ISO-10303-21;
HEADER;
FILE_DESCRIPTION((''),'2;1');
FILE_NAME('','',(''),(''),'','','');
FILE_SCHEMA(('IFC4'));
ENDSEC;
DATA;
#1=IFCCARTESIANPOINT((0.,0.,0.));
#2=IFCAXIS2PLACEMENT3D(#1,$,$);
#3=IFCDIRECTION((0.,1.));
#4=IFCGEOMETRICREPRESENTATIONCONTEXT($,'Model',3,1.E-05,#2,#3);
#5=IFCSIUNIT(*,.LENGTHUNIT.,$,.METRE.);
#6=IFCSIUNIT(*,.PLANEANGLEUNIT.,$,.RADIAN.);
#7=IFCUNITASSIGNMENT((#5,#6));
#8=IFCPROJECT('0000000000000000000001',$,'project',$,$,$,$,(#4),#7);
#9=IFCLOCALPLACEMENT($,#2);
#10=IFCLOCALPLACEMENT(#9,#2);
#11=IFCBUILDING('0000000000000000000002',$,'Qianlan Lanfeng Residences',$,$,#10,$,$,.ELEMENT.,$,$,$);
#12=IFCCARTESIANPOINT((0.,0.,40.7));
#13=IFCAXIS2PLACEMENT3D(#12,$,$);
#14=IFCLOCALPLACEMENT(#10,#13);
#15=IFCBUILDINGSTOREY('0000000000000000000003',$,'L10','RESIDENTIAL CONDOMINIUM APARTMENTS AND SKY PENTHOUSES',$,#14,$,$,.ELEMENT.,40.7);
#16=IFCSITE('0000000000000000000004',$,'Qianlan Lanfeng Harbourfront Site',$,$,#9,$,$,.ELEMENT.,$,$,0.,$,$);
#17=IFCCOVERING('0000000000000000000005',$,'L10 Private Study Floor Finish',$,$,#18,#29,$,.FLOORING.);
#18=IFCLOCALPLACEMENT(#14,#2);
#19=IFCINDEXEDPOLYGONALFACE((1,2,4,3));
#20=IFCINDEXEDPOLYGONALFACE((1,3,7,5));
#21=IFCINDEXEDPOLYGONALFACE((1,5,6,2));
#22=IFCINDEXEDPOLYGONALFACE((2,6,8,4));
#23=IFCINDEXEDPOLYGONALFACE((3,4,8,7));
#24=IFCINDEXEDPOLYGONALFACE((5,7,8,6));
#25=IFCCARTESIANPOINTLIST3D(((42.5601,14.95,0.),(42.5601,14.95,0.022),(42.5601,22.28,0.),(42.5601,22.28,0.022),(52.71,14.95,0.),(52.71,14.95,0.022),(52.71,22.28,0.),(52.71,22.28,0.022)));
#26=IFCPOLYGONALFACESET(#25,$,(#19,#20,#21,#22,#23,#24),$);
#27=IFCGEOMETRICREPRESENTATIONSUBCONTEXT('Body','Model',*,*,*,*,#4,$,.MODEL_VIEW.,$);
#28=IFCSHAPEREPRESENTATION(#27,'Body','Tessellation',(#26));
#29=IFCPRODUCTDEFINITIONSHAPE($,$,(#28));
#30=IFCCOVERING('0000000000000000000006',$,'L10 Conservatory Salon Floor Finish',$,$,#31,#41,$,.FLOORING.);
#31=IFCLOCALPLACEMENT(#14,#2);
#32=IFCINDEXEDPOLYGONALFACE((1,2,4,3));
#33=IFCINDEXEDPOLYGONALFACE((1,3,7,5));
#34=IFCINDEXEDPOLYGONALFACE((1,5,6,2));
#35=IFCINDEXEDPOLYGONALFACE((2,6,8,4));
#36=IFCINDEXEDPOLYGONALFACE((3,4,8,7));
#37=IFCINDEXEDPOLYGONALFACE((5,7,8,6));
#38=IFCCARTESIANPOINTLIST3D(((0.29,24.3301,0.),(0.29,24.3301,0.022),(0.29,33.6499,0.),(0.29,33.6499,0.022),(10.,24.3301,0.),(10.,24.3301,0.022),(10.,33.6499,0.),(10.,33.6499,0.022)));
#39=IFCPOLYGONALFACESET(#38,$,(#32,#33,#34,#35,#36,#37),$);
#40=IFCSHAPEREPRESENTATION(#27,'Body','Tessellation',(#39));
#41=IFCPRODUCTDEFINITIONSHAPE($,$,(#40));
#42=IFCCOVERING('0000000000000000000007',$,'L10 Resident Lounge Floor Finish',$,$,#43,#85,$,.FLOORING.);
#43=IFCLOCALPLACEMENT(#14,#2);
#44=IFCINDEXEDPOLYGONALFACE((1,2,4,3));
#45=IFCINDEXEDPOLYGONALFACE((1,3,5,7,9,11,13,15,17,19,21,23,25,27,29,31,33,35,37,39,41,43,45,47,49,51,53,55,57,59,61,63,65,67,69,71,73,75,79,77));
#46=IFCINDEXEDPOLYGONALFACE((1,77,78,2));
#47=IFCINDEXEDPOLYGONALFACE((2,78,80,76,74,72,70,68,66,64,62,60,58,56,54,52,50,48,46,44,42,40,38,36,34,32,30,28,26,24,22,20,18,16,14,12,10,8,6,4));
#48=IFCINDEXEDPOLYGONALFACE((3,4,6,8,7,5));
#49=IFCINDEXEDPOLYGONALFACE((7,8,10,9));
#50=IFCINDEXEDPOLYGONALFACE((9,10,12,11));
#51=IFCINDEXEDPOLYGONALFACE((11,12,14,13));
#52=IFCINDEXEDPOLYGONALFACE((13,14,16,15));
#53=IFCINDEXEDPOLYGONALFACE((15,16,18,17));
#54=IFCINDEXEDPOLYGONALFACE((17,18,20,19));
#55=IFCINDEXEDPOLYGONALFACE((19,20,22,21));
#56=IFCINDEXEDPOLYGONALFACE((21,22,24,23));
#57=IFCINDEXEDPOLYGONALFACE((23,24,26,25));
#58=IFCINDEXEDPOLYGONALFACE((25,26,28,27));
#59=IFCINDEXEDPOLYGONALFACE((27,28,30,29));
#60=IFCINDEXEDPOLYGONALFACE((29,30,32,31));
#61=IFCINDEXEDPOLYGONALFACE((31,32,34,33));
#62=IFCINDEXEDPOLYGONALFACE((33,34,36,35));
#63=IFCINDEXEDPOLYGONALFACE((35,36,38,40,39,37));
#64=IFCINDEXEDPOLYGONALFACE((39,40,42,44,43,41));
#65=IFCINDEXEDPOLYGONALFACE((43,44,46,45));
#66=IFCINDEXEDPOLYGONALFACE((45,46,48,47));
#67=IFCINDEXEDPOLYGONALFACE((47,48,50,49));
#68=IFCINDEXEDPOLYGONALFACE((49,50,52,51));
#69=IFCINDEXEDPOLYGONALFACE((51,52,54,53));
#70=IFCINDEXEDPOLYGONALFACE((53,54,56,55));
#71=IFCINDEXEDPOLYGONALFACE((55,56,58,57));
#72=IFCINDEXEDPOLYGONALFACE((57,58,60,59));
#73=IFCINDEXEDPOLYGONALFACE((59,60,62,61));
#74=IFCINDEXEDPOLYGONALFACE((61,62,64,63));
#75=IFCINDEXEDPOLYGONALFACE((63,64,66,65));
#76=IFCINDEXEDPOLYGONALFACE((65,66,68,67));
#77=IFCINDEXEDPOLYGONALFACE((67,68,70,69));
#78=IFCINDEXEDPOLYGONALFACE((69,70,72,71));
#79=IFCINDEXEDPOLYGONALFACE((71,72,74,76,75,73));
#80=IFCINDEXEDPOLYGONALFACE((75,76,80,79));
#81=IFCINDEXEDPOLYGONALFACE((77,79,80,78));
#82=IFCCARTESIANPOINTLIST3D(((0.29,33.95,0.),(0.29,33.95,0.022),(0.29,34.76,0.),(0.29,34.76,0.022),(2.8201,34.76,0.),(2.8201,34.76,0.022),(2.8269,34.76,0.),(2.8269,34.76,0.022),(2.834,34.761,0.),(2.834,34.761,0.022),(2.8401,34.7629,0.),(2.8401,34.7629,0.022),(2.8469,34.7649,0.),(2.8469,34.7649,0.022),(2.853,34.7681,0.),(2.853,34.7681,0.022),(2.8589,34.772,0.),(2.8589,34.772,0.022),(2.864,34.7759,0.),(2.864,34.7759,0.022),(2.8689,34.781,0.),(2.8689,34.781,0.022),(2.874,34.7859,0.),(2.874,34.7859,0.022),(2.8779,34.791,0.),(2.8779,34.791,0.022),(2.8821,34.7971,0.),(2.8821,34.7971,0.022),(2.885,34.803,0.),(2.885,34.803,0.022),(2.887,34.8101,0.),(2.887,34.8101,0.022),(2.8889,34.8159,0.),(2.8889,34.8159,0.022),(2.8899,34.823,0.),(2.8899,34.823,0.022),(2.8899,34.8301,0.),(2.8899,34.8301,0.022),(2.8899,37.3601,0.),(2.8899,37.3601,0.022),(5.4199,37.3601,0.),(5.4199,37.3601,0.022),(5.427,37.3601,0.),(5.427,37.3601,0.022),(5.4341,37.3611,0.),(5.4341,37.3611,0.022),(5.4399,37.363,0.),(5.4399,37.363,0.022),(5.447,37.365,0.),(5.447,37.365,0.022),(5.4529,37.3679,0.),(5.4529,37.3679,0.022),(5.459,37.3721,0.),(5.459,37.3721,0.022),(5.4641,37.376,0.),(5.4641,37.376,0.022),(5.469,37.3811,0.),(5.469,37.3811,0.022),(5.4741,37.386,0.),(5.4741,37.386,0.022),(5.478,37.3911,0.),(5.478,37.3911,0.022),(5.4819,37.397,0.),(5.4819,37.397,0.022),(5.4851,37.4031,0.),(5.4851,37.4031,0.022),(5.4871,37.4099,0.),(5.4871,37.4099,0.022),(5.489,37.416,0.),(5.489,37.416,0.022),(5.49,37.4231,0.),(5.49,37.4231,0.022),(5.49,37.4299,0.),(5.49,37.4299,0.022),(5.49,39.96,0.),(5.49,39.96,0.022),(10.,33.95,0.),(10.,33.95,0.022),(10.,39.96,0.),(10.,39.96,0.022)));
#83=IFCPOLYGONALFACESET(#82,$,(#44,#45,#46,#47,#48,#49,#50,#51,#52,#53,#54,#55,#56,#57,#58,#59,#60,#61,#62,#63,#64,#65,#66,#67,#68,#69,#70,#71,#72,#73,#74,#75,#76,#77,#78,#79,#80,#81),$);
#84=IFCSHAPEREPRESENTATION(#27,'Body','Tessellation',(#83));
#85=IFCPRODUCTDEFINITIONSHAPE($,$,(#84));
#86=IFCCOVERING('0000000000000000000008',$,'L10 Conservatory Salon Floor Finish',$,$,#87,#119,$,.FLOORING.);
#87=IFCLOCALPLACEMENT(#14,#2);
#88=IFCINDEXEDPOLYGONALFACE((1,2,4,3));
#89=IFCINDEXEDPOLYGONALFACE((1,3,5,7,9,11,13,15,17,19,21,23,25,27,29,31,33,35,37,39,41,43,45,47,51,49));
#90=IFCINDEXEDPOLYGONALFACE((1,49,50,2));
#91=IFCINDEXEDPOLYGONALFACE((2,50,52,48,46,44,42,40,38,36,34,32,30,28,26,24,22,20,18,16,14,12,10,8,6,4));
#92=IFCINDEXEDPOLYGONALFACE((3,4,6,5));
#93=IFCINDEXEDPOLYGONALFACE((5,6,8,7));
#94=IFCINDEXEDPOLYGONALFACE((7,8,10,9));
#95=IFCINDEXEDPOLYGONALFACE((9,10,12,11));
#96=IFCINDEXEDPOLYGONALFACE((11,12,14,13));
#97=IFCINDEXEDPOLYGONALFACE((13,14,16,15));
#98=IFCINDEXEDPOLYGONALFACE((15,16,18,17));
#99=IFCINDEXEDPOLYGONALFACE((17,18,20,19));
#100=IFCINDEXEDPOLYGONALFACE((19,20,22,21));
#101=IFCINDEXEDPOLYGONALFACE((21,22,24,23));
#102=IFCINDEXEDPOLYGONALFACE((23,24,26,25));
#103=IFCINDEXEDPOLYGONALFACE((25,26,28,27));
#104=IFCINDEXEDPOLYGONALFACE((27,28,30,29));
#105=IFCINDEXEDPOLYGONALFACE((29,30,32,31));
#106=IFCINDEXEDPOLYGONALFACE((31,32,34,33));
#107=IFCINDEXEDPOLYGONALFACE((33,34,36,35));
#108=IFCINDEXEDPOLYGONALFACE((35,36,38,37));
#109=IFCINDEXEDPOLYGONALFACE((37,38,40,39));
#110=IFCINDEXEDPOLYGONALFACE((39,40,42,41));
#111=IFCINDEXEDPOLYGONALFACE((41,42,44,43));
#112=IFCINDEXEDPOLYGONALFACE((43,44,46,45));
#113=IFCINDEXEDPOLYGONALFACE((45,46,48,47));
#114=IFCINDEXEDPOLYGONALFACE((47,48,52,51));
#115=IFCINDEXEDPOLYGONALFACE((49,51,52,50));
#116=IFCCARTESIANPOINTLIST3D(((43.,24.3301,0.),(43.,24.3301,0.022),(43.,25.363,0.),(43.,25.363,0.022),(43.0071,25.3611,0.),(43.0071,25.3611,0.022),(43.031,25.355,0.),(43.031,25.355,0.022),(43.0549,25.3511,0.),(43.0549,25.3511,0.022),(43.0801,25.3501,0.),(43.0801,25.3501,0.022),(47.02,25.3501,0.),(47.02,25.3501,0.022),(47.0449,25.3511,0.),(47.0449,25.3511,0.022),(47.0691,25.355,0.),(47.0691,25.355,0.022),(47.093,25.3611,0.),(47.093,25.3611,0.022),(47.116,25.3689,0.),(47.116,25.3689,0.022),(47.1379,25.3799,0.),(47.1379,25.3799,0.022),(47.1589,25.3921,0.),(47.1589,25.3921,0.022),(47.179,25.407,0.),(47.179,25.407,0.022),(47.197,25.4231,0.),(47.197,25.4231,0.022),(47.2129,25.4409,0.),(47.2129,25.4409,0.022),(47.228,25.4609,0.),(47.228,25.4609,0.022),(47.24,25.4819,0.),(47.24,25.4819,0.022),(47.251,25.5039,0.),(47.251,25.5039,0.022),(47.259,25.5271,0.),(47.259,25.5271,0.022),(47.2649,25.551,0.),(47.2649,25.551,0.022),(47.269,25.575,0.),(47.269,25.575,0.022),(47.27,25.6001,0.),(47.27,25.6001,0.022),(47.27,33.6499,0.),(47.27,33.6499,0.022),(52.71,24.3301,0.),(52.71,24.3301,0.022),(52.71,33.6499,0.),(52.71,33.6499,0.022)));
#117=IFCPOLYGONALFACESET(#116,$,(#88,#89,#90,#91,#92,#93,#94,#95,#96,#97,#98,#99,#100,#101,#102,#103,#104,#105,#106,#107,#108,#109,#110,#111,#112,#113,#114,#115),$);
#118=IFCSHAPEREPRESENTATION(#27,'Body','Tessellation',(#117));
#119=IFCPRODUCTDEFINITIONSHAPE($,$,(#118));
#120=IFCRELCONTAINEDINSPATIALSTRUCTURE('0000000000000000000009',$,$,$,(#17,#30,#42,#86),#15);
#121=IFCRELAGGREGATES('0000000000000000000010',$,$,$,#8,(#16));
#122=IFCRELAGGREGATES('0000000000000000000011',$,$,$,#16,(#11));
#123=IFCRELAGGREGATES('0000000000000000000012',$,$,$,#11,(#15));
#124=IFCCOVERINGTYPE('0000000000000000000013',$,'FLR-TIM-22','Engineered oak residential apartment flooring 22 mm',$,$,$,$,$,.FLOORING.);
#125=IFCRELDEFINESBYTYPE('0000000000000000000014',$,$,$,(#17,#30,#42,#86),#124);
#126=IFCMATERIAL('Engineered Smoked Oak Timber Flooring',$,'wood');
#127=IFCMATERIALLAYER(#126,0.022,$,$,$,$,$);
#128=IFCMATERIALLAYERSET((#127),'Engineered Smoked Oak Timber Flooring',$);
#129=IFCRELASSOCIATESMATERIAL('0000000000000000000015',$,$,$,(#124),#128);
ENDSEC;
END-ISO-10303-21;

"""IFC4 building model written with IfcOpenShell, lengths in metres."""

from ifc_helpers import new_model, si_unit, direction, frame, origin, place, context, subcontext, project, spatial, polyline, outline, extrude, material, layer, layer_set, type_object, element, save


model = new_model("IFC4")

# Units and contexts
model_context = context("Model", 3, precision=1e-05, world=origin(), true_north=direction((0.0, 1.0)))
body_context = subcontext(model_context, "Body", "Model", "MODEL_VIEW")
ifc_project = project(units=[si_unit("LENGTHUNIT", "METRE"), si_unit("PLANEANGLEUNIT", "RADIAN")], contexts=[model_context])

# Site, building, storey
site_placement = place(None, origin())
site = spatial("IfcSite", under=ifc_project, at=site_placement, Name="Qianlan Lanfeng Harbourfront Site", CompositionType="ELEMENT", RefElevation=0.0)
building_placement = place(site_placement, origin())
building = spatial("IfcBuilding", under=site, at=building_placement, Name="Qianlan Lanfeng Residences", CompositionType="ELEMENT")
storey_placement = place(building_placement, frame((0.0, 0.0, 40.7)))
storey = spatial("IfcBuildingStorey", under=building, at=storey_placement, Name="L10", Description="RESIDENTIAL CONDOMINIUM APARTMENTS AND SKY PENTHOUSES", CompositionType="ELEMENT", Elevation=40.7)

# Coverings
ifc_material_1 = material(Name="Engineered Smoked Oak Timber Flooring", Category="wood")
ifc_layer_1 = layer(ifc_material_1, 0.022)
ifc_layer_set_1 = layer_set([ifc_layer_1], Name="Engineered Smoked Oak Timber Flooring")
covering_type_1 = type_object("IfcCoveringType", Name="FLR-TIM-22", Description="Engineered oak residential apartment flooring 22 mm", PredefinedType="FLOORING", material=ifc_layer_set_1)
covering_1_placement = place(storey_placement, origin())
element("IfcCovering", 1, at=covering_1_placement, inside=storey, type_object=covering_type_1, Name="L10 Private Study Floor Finish", PredefinedType="FLOORING", context=body_context, shape_type="SweptSolid", body=[
    extrude(outline(polyline([(52.71, 22.28), (42.5601, 22.28), (42.5601, 14.95), (52.71, 14.95), (52.71, 22.28)])), origin(), (0.0, 0.0, 1.0), 0.022),
])
covering_2_placement = place(storey_placement, origin())
element("IfcCovering", 2, at=covering_2_placement, inside=storey, type_object=covering_type_1, Name="L10 Conservatory Salon Floor Finish", PredefinedType="FLOORING", context=body_context, shape_type="SweptSolid", body=[
    extrude(outline(polyline([(10.0, 33.6499), (0.29, 33.6499), (0.29, 24.3301), (10.0, 24.3301), (10.0, 33.6499)])), origin(), (0.0, 0.0, 1.0), 0.022),
])
covering_3_placement = place(storey_placement, origin())
element("IfcCovering", 3, at=covering_3_placement, inside=storey, type_object=covering_type_1, Name="L10 Resident Lounge Floor Finish", PredefinedType="FLOORING", context=body_context, shape_type="SweptSolid", body=[
    extrude(outline(polyline([(0.29, 33.95), (10.0, 33.95), (10.0, 39.96), (5.49, 39.96), (5.49, 37.4299), (5.49, 37.4231), (5.489, 37.416), (5.4871, 37.4099), (5.4851, 37.4031), (5.4819, 37.397), (5.478, 37.3911), (5.4741, 37.386), (5.469, 37.3811), (5.4641, 37.376), (5.459, 37.3721), (5.4529, 37.3679), (5.447, 37.365), (5.4399, 37.363), (5.4341, 37.3611), (5.427, 37.3601), (5.4199, 37.3601), (2.8899, 37.3601), (2.8899, 34.8301), (2.8899, 34.823), (2.8889, 34.8159), (2.887, 34.8101), (2.885, 34.803), (2.8821, 34.7971), (2.8779, 34.791), (2.874, 34.7859), (2.8689, 34.781), (2.864, 34.7759), (2.8589, 34.772), (2.853, 34.7681), (2.8469, 34.7649), (2.8401, 34.7629), (2.834, 34.761), (2.8269, 34.76), (2.8201, 34.76), (0.29, 34.76), (0.29, 33.95)])), origin(), (0.0, 0.0, 1.0), 0.022),
])
covering_4_placement = place(storey_placement, origin())
element("IfcCovering", 4, at=covering_4_placement, inside=storey, type_object=covering_type_1, Name="L10 Conservatory Salon Floor Finish", PredefinedType="FLOORING", context=body_context, shape_type="SweptSolid", body=[
    extrude(outline(polyline([(52.71, 33.6499), (47.27, 33.6499), (47.27, 25.6001), (47.269, 25.575), (47.2649, 25.551), (47.259, 25.5271), (47.251, 25.5039), (47.24, 25.4819), (47.228, 25.4609), (47.2129, 25.4409), (47.197, 25.4231), (47.179, 25.407), (47.1589, 25.3921), (47.1379, 25.3799), (47.116, 25.3689), (47.093, 25.3611), (47.0691, 25.355), (47.0449, 25.3511), (47.02, 25.3501), (43.0801, 25.3501), (43.0549, 25.3511), (43.031, 25.355), (43.0071, 25.3611), (43.0, 25.363), (43.0, 24.3301), (52.71, 24.3301), (52.71, 33.6499)])), origin(), (0.0, 0.0, 1.0), 0.022),
])

save(model, "model.ifc")
